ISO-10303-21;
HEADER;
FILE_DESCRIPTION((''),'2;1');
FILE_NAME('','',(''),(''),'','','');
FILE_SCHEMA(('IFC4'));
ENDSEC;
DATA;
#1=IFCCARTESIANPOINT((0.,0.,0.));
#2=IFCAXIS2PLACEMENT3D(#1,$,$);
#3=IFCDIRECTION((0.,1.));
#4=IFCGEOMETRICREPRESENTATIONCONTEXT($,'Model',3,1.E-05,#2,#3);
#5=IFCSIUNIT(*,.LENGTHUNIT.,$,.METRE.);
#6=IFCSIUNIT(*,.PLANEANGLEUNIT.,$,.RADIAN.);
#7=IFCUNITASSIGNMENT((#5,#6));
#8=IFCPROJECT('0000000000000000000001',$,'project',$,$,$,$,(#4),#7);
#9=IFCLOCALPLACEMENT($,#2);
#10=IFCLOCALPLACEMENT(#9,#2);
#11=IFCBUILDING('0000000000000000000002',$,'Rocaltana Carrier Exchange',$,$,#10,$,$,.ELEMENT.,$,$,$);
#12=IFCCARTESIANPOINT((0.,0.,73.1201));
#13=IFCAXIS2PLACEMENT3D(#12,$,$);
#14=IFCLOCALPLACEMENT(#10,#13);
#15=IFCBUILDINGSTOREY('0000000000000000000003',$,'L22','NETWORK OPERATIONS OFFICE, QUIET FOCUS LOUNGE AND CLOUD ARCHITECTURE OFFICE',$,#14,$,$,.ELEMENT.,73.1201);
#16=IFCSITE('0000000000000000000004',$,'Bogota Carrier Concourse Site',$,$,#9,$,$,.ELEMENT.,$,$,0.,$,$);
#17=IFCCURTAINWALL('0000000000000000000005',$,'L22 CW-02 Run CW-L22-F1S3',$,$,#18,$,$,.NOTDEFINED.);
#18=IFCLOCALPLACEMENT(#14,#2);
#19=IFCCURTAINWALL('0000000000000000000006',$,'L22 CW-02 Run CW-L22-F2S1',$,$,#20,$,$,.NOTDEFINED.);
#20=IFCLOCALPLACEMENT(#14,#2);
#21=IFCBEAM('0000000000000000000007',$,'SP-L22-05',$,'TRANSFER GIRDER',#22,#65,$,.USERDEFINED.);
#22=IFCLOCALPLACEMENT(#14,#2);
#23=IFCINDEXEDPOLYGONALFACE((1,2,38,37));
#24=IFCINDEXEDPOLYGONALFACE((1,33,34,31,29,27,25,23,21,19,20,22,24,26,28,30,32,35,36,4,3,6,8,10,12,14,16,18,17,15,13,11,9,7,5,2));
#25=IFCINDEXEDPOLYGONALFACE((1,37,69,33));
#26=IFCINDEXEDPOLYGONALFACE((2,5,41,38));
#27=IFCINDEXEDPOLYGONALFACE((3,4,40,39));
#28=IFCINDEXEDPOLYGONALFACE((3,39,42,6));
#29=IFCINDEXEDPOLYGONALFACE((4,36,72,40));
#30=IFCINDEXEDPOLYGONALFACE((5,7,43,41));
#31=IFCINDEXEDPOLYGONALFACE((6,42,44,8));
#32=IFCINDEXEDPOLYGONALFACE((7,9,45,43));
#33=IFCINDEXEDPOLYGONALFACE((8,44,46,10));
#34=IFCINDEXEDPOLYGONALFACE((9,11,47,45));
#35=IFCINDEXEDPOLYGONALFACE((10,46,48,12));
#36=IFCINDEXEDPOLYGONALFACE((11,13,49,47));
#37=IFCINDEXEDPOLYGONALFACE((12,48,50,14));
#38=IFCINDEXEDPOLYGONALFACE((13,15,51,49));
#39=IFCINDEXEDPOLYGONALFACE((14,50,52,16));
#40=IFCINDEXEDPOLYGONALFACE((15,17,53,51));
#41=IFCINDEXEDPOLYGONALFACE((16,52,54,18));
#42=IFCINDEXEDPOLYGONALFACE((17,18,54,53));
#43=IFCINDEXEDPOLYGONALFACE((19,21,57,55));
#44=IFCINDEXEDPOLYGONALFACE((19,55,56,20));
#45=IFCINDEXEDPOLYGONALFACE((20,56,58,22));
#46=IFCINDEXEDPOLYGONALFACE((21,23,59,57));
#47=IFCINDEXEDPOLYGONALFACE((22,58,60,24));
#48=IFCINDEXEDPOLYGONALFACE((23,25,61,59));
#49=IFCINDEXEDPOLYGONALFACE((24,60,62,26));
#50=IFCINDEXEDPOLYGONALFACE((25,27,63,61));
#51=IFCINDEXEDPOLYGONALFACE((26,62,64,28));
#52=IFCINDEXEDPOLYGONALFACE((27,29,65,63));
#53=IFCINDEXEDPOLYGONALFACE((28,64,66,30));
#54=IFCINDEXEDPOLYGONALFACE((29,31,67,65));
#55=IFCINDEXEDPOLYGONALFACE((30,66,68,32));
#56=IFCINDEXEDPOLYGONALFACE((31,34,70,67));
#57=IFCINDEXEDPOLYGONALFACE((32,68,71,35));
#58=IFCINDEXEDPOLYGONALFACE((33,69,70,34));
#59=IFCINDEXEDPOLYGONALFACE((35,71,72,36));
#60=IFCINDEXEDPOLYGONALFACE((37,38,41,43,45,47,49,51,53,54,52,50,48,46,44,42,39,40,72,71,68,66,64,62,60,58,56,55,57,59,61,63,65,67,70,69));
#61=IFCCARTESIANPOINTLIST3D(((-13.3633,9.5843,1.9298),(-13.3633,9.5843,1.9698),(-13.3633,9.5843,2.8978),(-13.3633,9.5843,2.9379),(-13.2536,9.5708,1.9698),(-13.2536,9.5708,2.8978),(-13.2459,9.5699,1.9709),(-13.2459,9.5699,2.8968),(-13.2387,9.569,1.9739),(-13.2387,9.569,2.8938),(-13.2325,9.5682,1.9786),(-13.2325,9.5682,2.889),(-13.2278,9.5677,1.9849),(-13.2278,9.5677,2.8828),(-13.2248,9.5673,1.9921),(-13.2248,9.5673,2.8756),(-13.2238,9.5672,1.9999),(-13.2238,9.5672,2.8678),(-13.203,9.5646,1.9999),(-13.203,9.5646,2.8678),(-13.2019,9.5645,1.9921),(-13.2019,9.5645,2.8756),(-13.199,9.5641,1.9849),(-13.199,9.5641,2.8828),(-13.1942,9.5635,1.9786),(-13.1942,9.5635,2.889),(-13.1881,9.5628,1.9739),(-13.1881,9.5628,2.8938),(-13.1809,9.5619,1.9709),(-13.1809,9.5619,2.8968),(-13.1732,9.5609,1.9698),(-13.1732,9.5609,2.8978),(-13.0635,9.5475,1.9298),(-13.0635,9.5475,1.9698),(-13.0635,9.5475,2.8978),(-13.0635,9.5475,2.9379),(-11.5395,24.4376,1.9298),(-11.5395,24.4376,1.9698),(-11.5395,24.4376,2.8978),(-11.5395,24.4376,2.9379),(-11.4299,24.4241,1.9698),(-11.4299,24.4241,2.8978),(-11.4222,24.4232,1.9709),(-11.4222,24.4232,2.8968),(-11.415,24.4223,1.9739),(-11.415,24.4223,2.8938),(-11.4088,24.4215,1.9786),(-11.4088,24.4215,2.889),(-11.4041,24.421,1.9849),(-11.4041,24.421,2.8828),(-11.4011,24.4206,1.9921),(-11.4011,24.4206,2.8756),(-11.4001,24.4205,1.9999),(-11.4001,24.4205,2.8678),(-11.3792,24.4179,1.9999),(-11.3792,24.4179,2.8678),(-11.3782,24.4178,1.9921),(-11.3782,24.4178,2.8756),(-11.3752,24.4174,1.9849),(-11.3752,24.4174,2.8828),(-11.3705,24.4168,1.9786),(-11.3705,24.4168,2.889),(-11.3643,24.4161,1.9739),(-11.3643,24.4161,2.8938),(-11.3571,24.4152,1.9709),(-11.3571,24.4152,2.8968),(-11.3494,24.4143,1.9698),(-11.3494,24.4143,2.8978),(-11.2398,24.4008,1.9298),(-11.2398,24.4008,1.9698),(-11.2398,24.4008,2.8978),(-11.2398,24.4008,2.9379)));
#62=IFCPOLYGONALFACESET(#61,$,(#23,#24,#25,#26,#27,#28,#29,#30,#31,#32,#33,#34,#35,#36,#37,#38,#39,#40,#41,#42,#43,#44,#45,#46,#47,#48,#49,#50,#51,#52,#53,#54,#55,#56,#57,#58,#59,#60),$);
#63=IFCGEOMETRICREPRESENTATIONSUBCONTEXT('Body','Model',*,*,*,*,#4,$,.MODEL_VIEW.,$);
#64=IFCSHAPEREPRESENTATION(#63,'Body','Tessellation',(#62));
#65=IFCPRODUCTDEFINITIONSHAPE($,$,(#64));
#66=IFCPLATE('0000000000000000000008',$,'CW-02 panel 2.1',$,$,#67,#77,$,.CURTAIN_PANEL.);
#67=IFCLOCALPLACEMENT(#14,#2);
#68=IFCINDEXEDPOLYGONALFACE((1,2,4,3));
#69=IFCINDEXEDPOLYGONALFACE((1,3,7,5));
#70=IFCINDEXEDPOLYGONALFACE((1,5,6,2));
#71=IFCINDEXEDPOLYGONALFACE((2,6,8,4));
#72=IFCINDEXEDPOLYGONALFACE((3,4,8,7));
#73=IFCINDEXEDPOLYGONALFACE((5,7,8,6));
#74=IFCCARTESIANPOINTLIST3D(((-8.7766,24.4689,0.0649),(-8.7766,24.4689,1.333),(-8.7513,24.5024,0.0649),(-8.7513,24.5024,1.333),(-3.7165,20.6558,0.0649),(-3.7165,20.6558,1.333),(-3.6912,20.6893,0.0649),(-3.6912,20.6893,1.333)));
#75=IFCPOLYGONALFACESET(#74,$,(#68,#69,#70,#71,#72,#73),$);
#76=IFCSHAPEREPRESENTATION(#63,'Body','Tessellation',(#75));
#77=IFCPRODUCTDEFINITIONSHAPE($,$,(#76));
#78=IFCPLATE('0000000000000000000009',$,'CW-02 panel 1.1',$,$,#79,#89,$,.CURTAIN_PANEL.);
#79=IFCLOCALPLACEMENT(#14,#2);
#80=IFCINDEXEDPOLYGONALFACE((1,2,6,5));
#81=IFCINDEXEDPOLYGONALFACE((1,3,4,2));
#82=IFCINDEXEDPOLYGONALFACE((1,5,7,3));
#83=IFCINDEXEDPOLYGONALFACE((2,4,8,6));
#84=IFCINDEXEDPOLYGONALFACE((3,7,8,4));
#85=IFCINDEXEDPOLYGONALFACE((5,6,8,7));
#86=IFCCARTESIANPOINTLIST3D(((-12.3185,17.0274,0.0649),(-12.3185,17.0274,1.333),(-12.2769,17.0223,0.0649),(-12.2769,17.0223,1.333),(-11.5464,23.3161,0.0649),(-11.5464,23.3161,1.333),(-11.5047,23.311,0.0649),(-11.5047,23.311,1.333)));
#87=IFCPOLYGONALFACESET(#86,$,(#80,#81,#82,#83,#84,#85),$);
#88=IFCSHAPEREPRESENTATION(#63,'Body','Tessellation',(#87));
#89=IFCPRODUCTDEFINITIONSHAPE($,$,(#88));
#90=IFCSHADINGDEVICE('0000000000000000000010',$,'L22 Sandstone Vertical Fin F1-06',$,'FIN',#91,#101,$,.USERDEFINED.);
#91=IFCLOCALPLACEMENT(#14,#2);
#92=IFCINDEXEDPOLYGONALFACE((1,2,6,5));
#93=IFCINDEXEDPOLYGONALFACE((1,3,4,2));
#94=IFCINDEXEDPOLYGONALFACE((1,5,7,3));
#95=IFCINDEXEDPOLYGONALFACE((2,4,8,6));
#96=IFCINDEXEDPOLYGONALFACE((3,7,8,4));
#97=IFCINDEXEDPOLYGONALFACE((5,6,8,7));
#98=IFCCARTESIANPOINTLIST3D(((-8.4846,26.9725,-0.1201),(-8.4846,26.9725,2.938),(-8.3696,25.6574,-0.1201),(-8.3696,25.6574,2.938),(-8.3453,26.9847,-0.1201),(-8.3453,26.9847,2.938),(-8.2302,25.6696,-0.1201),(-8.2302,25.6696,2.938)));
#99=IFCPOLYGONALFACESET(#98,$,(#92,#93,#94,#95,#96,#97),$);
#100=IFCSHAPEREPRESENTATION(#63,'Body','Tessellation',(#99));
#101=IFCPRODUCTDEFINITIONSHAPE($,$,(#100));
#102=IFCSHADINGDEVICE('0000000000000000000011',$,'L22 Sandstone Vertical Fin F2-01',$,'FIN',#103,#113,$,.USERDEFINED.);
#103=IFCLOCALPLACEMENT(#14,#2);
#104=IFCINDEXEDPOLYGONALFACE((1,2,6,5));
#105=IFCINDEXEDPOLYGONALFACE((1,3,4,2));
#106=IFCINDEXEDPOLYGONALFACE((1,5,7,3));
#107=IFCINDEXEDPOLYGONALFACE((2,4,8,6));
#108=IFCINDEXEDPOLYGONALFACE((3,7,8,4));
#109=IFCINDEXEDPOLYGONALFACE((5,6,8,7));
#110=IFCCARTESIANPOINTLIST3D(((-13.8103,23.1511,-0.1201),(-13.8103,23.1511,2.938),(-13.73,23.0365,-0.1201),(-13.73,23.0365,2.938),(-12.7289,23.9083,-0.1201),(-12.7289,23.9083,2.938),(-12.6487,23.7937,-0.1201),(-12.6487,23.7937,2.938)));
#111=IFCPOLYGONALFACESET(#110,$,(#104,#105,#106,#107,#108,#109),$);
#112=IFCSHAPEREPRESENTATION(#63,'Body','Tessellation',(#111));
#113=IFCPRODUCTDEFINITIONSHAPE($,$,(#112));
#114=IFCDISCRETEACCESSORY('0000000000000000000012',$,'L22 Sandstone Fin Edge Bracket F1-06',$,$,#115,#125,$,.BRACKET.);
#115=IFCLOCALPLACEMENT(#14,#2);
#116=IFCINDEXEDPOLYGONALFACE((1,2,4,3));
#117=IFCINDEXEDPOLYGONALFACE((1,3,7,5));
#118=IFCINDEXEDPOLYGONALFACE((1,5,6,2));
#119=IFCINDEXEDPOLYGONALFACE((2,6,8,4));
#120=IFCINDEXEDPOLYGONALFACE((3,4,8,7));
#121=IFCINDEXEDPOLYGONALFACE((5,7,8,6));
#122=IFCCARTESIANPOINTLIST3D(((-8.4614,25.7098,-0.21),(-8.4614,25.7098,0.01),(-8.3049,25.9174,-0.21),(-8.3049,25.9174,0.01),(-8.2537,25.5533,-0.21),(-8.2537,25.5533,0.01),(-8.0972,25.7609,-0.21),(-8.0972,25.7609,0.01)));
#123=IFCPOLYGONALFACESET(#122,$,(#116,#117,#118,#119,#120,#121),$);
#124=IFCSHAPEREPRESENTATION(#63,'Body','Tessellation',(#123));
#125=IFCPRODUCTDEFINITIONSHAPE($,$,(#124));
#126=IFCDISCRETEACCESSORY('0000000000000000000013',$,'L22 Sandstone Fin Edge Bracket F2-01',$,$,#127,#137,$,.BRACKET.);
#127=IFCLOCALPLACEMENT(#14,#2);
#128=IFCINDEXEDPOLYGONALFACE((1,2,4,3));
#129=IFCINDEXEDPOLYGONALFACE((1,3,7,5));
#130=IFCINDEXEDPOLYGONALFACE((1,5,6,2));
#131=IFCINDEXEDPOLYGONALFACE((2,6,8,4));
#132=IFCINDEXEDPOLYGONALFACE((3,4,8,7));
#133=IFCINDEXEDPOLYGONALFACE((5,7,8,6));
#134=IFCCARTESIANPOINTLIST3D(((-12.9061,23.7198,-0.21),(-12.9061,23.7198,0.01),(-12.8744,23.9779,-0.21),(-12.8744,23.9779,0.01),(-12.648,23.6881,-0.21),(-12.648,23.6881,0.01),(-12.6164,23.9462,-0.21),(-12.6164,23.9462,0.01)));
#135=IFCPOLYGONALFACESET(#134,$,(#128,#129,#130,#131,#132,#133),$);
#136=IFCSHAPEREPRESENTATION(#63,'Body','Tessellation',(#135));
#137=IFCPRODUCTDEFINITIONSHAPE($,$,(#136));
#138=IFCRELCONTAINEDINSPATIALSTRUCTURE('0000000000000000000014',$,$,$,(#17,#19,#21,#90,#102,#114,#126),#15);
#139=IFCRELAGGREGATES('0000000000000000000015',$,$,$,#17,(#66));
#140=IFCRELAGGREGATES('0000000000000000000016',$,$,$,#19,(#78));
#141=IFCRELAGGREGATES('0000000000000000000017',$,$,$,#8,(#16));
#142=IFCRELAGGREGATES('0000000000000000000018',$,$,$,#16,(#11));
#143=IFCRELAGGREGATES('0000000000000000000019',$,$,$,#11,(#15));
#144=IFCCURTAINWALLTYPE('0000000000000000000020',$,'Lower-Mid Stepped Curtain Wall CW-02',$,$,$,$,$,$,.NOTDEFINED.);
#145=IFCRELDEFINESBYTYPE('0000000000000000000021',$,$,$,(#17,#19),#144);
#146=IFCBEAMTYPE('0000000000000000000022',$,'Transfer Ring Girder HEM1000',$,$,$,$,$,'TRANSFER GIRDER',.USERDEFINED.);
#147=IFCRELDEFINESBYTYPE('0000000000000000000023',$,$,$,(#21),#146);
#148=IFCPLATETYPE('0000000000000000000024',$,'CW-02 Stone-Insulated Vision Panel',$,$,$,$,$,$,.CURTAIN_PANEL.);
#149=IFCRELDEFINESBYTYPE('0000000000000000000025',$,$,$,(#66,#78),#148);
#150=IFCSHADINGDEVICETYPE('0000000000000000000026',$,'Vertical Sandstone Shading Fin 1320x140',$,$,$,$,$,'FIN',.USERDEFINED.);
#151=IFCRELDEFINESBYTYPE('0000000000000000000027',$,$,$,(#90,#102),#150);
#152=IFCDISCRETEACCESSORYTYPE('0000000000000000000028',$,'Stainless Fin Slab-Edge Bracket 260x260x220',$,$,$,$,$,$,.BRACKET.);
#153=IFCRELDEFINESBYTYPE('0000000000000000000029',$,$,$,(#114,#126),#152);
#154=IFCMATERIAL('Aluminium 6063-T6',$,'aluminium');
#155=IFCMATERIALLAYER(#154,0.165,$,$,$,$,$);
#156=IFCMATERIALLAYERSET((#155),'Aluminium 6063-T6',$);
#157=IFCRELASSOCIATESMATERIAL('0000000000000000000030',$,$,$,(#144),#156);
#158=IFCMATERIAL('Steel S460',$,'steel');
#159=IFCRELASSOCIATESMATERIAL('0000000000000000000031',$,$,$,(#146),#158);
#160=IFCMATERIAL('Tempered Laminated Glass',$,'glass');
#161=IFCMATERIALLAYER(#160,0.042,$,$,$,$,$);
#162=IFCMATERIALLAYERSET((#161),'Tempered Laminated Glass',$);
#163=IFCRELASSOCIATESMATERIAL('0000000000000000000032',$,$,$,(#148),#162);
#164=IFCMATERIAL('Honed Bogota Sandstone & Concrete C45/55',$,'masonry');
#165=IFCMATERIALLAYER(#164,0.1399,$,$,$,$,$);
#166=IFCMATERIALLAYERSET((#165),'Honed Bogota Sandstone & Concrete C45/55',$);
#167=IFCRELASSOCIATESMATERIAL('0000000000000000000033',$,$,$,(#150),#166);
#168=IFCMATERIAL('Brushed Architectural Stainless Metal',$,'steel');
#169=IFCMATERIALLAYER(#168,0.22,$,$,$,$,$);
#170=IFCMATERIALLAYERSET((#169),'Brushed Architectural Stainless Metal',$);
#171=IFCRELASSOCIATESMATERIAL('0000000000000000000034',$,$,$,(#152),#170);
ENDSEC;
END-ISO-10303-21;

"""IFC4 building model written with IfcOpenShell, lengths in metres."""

from ifc_helpers import new_model, si_unit, direction, frame, origin, origin_2d, place, context, subcontext, project, spatial, rectangle, i_section, extrude, material, layer, layer_set, material_profile, profile_set, type_object, element, aggregate, save


model = new_model("IFC4")

# Units and contexts
model_context = context("Model", 3, precision=1e-05, world=origin(), true_north=direction((0.0, 1.0)))
body_context = subcontext(model_context, "Body", "Model", "MODEL_VIEW")
ifc_project = project(units=[si_unit("LENGTHUNIT", "METRE"), si_unit("PLANEANGLEUNIT", "RADIAN")], contexts=[model_context])

# Site, building, storey
site_placement = place(None, origin())
site = spatial("IfcSite", under=ifc_project, at=site_placement, Name="Bogota Carrier Concourse Site", CompositionType="ELEMENT", RefElevation=0.0)
building_placement = place(site_placement, origin())
building = spatial("IfcBuilding", under=site, at=building_placement, Name="Rocaltana Carrier Exchange", CompositionType="ELEMENT")
storey_placement = place(building_placement, frame((0.0, 0.0, 73.1201)))
storey = spatial("IfcBuildingStorey", under=building, at=storey_placement, Name="L22", Description="NETWORK OPERATIONS OFFICE, QUIET FOCUS LOUNGE AND CLOUD ARCHITECTURE OFFICE", CompositionType="ELEMENT", Elevation=73.1201)

# Curtain wall
ifc_material_1 = material(Name="Aluminium 6063-T6", Category="aluminium")
ifc_layer_1 = layer(ifc_material_1, 0.165)
ifc_layer_set_1 = layer_set([ifc_layer_1], Name="Aluminium 6063-T6")
curtain_wall_type = type_object("IfcCurtainWallType", Name="Lower-Mid Stepped Curtain Wall CW-02", PredefinedType="NOTDEFINED", material=ifc_layer_set_1)
curtain_wall_1_placement = place(storey_placement, origin())
curtain_wall_1 = element("IfcCurtainWall", 1, at=curtain_wall_1_placement, inside=storey, type_object=curtain_wall_type, Name="L22 CW-02 Run CW-L22-F1S3", PredefinedType="NOTDEFINED")

# Curtain wall
curtain_wall_2_placement = place(storey_placement, origin())
curtain_wall_2 = element("IfcCurtainWall", 2, at=curtain_wall_2_placement, inside=storey, type_object=curtain_wall_type, Name="L22 CW-02 Run CW-L22-F2S1", PredefinedType="NOTDEFINED")

# Beam
ifc_material_2 = material(Name="Steel S460", Category="steel")
ifc_material_profile_1 = material_profile(ifc_material_2, i_section(OverallWidth=0.302, OverallDepth=1.0081, WebThickness=0.021, FlangeThickness=0.04, FilletRadius=0.03, at=origin_2d()), Name="HEM1000")
ifc_profile_set_1 = profile_set([ifc_material_profile_1], Name="Steel S460")
beam_type_1 = type_object("IfcBeamType", Name="Transfer Ring Girder HEM1000", ElementType="TRANSFER GIRDER", PredefinedType="USERDEFINED", material=ifc_profile_set_1)
beam_1_placement = place(storey_placement, frame((-11.3896, 24.4192, 2.4338), z_axis=(-0.121868, -0.992546, 0.0), x_axis=(0.992546, -0.121868, 0.0)))
element("IfcBeam", 3, at=beam_1_placement, inside=storey, type_object=beam_type_1, Name="SP-L22-05", ObjectType="TRANSFER GIRDER", PredefinedType="USERDEFINED", context=body_context, shape_type="SweptSolid", body=[
    extrude(i_section(OverallWidth=0.302, OverallDepth=1.0081, WebThickness=0.021, FlangeThickness=0.04, FilletRadius=0.03, at=origin_2d()), origin(), (0.0, 0.0, 1.0), 14.9648),
])

# Plates
ifc_material_3 = material(Name="Tempered Laminated Glass", Category="glass")
ifc_layer_2 = layer(ifc_material_3, 0.042)
ifc_layer_set_2 = layer_set([ifc_layer_2], Name="Tempered Laminated Glass")
plate_type = type_object("IfcPlateType", Name="CW-02 Stone-Insulated Vision Panel", PredefinedType="CURTAIN_PANEL", material=ifc_layer_set_2)
plate_1_placement = place(storey_placement, frame((-6.2339, 22.5791, 0.0649), z_axis=(0.0, 0.0, 1.0), x_axis=(-0.798638, 0.601812, 0.0)))
plate_1 = element("IfcPlate", 4, at=plate_1_placement, type_object=plate_type, Name="CW-02 panel 2.1", PredefinedType="CURTAIN_PANEL", context=body_context, shape_type="SweptSolid", body=[
    extrude(rectangle(XDim=6.3359, YDim=0.042, at=origin_2d()), origin(), (0.0, 0.0, 1.0), 1.2681),
])
aggregate(curtain_wall_1, [plate_1])
plate_2_placement = place(storey_placement, frame((-11.9116, 20.1692, 0.0649), z_axis=(0.0, 0.0, 1.0), x_axis=(-0.121873, -0.992546, 0.0)))
plate_2 = element("IfcPlate", 5, at=plate_2_placement, type_object=plate_type, Name="CW-02 panel 1.1", PredefinedType="CURTAIN_PANEL", context=body_context, shape_type="SweptSolid", body=[
    extrude(rectangle(XDim=6.3359, YDim=0.042, at=origin_2d()), origin(), (0.0, 0.0, 1.0), 1.2681),
])
aggregate(curtain_wall_2, [plate_2])

# Shading devices
ifc_material_4 = material(Name="Honed Bogota Sandstone & Concrete C45/55", Category="masonry")
ifc_layer_3 = layer(ifc_material_4, 0.1399)
ifc_layer_set_3 = layer_set([ifc_layer_3], Name="Honed Bogota Sandstone & Concrete C45/55")
shading_device_type = type_object("IfcShadingDeviceType", Name="Vertical Sandstone Shading Fin 1320x140", ElementType="FIN", PredefinedType="USERDEFINED", material=ifc_layer_set_3)
for number, where, z_axis, x_axis, name in (
    (6, (-8.3574, 26.321, -0.1201), (0.0, 0.0, 1.0), (-0.087156, 0.996195, 0.0), "L22 Sandstone Vertical Fin F1-06"),
    (7, (-13.2295, 23.4724, -0.1201), (0.0, 0.0, 1.0), (-0.819152, -0.573576, 0.0), "L22 Sandstone Vertical Fin F2-01"),
):
    element("IfcShadingDevice", number, at=place(storey_placement, frame(where, z_axis=z_axis, x_axis=x_axis)), inside=storey, type_object=shading_device_type, Name=name, ObjectType="FIN", PredefinedType="USERDEFINED", context=body_context, shape_type="SweptSolid", body=[
        extrude(rectangle(XDim=1.3201, YDim=0.1399, at=origin_2d()), origin(), (0.0, 0.0, 1.0), 3.0581),
    ])

# Discrete accessories
ifc_material_5 = material(Name="Brushed Architectural Stainless Metal", Category="steel")
ifc_layer_4 = layer(ifc_material_5, 0.22)
ifc_layer_set_4 = layer_set([ifc_layer_4], Name="Brushed Architectural Stainless Metal")
discrete_accessory_type = type_object("IfcDiscreteAccessoryType", Name="Stainless Fin Slab-Edge Bracket 260x260x220", PredefinedType="BRACKET", material=ifc_layer_set_4)
for number, where, z_axis, x_axis, name in (
    (8, (-8.2793, 25.7354, -0.21), (0.0, 0.0, 1.0), (-0.798636, 0.601815, 0.0), "L22 Sandstone Fin Edge Bracket F1-06"),
    (9, (-12.7612, 23.833, -0.21), (0.0, 0.0, 1.0), (-0.121869, -0.992546, 0.0), "L22 Sandstone Fin Edge Bracket F2-01"),
):
    element("IfcDiscreteAccessory", number, at=place(storey_placement, frame(where, z_axis=z_axis, x_axis=x_axis)), inside=storey, type_object=discrete_accessory_type, Name=name, PredefinedType="BRACKET", context=body_context, shape_type="SweptSolid", body=[
        extrude(rectangle(XDim=0.26, YDim=0.26, at=origin_2d()), origin(), (0.0, 0.0, 1.0), 0.22),
    ])

save(model, "model.ifc")
